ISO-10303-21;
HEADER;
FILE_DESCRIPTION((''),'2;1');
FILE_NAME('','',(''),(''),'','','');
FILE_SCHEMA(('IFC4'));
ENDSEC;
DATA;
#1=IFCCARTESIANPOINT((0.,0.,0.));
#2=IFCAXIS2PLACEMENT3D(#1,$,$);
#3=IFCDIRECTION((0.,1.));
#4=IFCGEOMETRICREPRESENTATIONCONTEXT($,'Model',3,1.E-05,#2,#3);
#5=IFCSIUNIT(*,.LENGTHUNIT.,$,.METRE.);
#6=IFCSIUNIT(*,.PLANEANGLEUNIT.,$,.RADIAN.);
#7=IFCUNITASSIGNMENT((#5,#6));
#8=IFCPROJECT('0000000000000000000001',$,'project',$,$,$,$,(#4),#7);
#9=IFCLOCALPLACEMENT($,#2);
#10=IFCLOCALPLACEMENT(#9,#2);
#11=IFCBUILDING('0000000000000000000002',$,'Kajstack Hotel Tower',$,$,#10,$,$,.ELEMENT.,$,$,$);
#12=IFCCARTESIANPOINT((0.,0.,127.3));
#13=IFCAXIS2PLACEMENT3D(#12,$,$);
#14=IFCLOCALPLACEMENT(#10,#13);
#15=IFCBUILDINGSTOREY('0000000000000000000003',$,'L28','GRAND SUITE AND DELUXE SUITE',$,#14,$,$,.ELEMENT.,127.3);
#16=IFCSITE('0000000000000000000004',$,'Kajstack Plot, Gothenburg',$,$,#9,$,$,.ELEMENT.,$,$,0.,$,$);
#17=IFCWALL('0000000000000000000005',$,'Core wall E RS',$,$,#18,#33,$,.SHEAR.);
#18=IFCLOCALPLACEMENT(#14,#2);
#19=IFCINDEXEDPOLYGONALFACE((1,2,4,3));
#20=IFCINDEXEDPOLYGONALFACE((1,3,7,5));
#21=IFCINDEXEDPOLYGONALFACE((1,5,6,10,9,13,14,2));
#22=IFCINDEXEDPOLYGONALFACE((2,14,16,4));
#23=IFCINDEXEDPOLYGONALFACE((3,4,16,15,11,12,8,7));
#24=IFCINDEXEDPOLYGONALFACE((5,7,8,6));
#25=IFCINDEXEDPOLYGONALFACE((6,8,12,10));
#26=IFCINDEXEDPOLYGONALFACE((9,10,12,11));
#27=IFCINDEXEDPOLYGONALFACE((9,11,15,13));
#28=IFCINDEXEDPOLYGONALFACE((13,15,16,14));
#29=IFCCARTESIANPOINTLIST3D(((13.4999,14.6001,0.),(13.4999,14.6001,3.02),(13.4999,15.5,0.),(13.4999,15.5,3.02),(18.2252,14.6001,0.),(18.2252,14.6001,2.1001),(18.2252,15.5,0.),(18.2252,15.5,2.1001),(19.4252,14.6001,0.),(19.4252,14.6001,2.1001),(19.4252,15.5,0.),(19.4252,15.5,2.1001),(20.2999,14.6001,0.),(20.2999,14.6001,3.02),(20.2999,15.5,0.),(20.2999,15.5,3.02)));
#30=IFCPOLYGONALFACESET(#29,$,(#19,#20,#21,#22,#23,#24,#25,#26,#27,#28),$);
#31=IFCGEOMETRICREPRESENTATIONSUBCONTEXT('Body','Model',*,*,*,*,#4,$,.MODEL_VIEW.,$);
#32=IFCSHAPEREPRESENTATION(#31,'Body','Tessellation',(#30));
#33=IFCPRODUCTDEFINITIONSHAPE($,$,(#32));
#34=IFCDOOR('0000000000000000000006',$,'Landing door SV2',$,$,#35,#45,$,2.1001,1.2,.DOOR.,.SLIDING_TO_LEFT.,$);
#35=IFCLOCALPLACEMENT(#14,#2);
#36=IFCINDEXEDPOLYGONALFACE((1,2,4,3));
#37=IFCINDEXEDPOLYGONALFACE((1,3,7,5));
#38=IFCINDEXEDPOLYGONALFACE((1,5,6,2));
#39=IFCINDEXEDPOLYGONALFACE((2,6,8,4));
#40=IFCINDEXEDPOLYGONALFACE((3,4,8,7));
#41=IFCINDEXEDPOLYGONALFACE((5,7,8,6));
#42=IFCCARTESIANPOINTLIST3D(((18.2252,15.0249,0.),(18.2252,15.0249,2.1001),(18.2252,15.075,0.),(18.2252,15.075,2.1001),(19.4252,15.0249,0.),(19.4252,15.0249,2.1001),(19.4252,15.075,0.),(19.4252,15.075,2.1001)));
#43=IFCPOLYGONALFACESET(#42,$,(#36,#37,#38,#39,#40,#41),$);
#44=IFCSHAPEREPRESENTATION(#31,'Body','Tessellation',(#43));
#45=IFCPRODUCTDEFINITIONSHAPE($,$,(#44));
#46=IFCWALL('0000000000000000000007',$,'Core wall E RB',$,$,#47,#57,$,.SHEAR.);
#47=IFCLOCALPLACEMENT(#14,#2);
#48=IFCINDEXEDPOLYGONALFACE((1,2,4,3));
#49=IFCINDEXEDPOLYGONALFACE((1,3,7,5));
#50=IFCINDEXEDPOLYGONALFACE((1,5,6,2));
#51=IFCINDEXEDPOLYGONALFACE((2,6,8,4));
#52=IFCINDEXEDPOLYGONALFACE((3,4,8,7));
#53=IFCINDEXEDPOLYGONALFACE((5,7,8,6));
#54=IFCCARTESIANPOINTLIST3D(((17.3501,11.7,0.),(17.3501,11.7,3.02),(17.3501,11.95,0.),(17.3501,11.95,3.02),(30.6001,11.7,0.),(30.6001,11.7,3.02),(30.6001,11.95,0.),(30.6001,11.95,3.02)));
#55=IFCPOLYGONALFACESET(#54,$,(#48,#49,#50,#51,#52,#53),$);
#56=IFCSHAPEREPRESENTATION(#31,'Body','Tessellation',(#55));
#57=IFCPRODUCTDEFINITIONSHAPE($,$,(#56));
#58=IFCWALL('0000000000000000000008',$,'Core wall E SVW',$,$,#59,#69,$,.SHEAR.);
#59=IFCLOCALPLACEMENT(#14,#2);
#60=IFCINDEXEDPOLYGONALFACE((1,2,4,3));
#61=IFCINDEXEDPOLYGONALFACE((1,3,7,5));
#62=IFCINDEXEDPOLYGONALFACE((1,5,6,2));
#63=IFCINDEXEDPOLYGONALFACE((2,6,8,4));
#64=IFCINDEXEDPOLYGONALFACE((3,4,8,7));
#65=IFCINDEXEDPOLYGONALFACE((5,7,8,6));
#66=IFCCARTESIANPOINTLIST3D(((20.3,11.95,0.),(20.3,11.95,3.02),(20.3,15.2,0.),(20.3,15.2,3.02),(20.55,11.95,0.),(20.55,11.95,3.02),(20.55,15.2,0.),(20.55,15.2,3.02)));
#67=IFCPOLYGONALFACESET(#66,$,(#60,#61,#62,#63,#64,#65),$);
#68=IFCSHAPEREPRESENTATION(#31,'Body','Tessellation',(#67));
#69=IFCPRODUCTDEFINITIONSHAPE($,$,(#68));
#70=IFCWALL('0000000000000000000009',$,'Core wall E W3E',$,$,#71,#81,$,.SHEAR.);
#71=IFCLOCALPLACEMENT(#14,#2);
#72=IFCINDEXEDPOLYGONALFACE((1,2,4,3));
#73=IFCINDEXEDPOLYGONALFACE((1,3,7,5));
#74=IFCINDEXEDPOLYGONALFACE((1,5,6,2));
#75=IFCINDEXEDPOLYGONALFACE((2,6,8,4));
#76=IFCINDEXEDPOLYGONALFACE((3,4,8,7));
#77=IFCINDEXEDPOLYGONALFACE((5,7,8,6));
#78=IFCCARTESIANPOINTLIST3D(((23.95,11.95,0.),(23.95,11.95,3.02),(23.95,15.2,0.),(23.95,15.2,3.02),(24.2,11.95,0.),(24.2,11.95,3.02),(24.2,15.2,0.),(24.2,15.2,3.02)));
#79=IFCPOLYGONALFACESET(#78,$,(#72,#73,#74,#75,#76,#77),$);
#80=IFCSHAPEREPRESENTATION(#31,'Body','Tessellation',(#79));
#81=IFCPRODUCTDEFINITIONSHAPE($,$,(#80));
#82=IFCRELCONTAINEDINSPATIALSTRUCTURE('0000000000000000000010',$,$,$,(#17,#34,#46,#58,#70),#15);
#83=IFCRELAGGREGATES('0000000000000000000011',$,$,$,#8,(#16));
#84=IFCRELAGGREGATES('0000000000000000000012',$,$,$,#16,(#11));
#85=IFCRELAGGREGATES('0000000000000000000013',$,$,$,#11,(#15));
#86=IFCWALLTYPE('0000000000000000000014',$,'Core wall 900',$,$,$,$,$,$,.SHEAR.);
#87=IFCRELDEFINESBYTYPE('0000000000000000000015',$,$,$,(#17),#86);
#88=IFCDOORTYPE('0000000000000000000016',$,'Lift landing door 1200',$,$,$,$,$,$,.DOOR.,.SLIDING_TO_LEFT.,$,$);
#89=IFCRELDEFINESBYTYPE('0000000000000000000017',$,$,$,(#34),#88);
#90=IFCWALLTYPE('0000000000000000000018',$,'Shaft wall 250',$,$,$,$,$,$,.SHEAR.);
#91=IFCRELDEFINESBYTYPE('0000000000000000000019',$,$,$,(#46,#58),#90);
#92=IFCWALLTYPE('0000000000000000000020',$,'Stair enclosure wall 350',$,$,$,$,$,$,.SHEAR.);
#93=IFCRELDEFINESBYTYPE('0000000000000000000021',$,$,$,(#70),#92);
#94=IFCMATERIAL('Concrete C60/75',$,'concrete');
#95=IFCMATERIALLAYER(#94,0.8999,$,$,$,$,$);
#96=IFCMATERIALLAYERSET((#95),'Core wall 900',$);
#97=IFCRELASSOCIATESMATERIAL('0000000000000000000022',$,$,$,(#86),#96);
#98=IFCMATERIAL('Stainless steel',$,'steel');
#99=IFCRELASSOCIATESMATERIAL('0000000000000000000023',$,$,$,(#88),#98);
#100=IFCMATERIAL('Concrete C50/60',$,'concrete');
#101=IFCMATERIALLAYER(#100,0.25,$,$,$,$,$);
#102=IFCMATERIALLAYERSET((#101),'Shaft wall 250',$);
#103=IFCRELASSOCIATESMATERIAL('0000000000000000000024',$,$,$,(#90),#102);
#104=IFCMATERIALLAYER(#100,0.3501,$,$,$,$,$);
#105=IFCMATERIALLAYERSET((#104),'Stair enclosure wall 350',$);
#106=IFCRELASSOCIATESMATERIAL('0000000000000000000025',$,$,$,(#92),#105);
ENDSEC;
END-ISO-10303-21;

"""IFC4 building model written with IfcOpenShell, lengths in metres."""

from ifc_helpers import new_model, si_unit, direction, frame, frame_2d, origin, place, context, subcontext, project, spatial, rectangle, extrude, material, layer, layer_set, type_object, element, fill, save


model = new_model("IFC4")

# Units and contexts
model_context = context("Model", 3, precision=1e-05, world=origin(), true_north=direction((0.0, 1.0)))
body_context = subcontext(model_context, "Body", "Model", "MODEL_VIEW")
ifc_project = project(units=[si_unit("LENGTHUNIT", "METRE"), si_unit("PLANEANGLEUNIT", "RADIAN")], contexts=[model_context])

# Site, building, storey
site_placement = place(None, origin())
site = spatial("IfcSite", under=ifc_project, at=site_placement, Name="Kajstack Plot, Gothenburg", CompositionType="ELEMENT", RefElevation=0.0)
building_placement = place(site_placement, origin())
building = spatial("IfcBuilding", under=site, at=building_placement, Name="Kajstack Hotel Tower", CompositionType="ELEMENT")
storey_placement = place(building_placement, frame((0.0, 0.0, 127.3)))
storey = spatial("IfcBuildingStorey", under=building, at=storey_placement, Name="L28", Description="GRAND SUITE AND DELUXE SUITE", CompositionType="ELEMENT", Elevation=127.3)

# Wall, opening, door
ifc_material_1 = material(Name="Concrete C60/75", Category="concrete")
ifc_layer_1 = layer(ifc_material_1, 0.8999)
ifc_layer_set_1 = layer_set([ifc_layer_1], Name="Core wall 900")
wall_type_1 = type_object("IfcWallType", Name="Core wall 900", PredefinedType="SHEAR", material=ifc_layer_set_1)
wall_1_placement = place(storey_placement, frame((13.5, 15.05, 0.0), z_axis=(0.0, 0.0, 1.0), x_axis=(1.0, 0.0, 0.0)))
wall_1 = element("IfcWall", 1, at=wall_1_placement, inside=storey, type_object=wall_type_1, Name="Core wall E RS", PredefinedType="SHEAR", context=body_context, shape_type="SweptSolid", body=[
    extrude(rectangle(XDim=6.8, YDim=0.8999, at=frame_2d((3.3999, 0.0))), origin(), (0.0, 0.0, 1.0), 3.02),
])
opening_placement = place(wall_1_placement, frame((4.7251, 0.0, 0.0)))
opening = element("IfcOpeningElement", 2, at=opening_placement, cuts=wall_1, PredefinedType="OPENING", context=body_context, shape_type="SweptSolid", body=[
    extrude(rectangle(XDim=1.2, YDim=2.1001, at=frame_2d((0.6001, 1.05))), frame((0.0, 0.46, 0.0), z_axis=(0.0, -1.0, 0.0), x_axis=(1.0, 0.0, 0.0)), (0.0, 0.0, 1.0), 0.9199),
])
ifc_material_2 = material(Name="Stainless steel", Category="steel")
door_type = type_object("IfcDoorType", Name="Lift landing door 1200", OperationType="SLIDING_TO_LEFT", PredefinedType="DOOR", material=ifc_material_2)
door_placement = place(opening_placement, origin())
door = element("IfcDoor", 3, at=door_placement, inside=storey, type_object=door_type, Name="Landing door SV2", OperationType="SLIDING_TO_LEFT", OverallHeight=2.1001, OverallWidth=1.2, PredefinedType="DOOR", context=body_context, shape_type="SweptSolid", body=[
    extrude(rectangle(XDim=1.2, YDim=2.1001, at=frame_2d((0.6001, 1.05))), frame((0.0, 0.0249, 0.0), z_axis=(0.0, -1.0, 0.0), x_axis=(1.0, 0.0, 0.0)), (0.0, 0.0, 1.0), 0.05),
])
fill(opening, door)

# Walls
ifc_material_3 = material(Name="Concrete C50/60", Category="concrete")
ifc_layer_2 = layer(ifc_material_3, 0.25)
ifc_layer_set_2 = layer_set([ifc_layer_2], Name="Shaft wall 250")
wall_type_2 = type_object("IfcWallType", Name="Shaft wall 250", PredefinedType="SHEAR", material=ifc_layer_set_2)
wall_2_placement = place(storey_placement, frame((17.3501, 11.825, 0.0), z_axis=(0.0, 0.0, 1.0), x_axis=(1.0, 0.0, 0.0)))
element("IfcWall", 4, at=wall_2_placement, inside=storey, type_object=wall_type_2, Name="Core wall E RB", PredefinedType="SHEAR", context=body_context, shape_type="SweptSolid", body=[
    extrude(rectangle(XDim=13.25, YDim=0.25, at=frame_2d((6.625, 0.0))), origin(), (0.0, 0.0, 1.0), 3.02),
])
wall_3_placement = place(storey_placement, frame((20.425, 11.95, 0.0), z_axis=(0.0, 0.0, 1.0), x_axis=(0.0, 1.0, 0.0)))
element("IfcWall", 5, at=wall_3_placement, inside=storey, type_object=wall_type_2, Name="Core wall E SVW", PredefinedType="SHEAR", context=body_context, shape_type="SweptSolid", body=[
    extrude(rectangle(XDim=3.25, YDim=0.25, at=frame_2d((1.625, 0.0))), origin(), (0.0, 0.0, 1.0), 3.02),
])
ifc_layer_3 = layer(ifc_material_3, 0.3501)
ifc_layer_set_3 = layer_set([ifc_layer_3], Name="Stair enclosure wall 350")
wall_type_3 = type_object("IfcWallType", Name="Stair enclosure wall 350", PredefinedType="SHEAR", material=ifc_layer_set_3)
wall_4_placement = place(storey_placement, frame((24.075, 11.95, 0.0), z_axis=(0.0, 0.0, 1.0), x_axis=(0.0, 1.0, 0.0)))
element("IfcWall", 6, at=wall_4_placement, inside=storey, type_object=wall_type_3, Name="Core wall E W3E", PredefinedType="SHEAR", context=body_context, shape_type="SweptSolid", body=[
    extrude(rectangle(XDim=3.25, YDim=0.25, at=frame_2d((1.625, 0.0))), origin(), (0.0, 0.0, 1.0), 3.02),
])

save(model, "model.ifc")
